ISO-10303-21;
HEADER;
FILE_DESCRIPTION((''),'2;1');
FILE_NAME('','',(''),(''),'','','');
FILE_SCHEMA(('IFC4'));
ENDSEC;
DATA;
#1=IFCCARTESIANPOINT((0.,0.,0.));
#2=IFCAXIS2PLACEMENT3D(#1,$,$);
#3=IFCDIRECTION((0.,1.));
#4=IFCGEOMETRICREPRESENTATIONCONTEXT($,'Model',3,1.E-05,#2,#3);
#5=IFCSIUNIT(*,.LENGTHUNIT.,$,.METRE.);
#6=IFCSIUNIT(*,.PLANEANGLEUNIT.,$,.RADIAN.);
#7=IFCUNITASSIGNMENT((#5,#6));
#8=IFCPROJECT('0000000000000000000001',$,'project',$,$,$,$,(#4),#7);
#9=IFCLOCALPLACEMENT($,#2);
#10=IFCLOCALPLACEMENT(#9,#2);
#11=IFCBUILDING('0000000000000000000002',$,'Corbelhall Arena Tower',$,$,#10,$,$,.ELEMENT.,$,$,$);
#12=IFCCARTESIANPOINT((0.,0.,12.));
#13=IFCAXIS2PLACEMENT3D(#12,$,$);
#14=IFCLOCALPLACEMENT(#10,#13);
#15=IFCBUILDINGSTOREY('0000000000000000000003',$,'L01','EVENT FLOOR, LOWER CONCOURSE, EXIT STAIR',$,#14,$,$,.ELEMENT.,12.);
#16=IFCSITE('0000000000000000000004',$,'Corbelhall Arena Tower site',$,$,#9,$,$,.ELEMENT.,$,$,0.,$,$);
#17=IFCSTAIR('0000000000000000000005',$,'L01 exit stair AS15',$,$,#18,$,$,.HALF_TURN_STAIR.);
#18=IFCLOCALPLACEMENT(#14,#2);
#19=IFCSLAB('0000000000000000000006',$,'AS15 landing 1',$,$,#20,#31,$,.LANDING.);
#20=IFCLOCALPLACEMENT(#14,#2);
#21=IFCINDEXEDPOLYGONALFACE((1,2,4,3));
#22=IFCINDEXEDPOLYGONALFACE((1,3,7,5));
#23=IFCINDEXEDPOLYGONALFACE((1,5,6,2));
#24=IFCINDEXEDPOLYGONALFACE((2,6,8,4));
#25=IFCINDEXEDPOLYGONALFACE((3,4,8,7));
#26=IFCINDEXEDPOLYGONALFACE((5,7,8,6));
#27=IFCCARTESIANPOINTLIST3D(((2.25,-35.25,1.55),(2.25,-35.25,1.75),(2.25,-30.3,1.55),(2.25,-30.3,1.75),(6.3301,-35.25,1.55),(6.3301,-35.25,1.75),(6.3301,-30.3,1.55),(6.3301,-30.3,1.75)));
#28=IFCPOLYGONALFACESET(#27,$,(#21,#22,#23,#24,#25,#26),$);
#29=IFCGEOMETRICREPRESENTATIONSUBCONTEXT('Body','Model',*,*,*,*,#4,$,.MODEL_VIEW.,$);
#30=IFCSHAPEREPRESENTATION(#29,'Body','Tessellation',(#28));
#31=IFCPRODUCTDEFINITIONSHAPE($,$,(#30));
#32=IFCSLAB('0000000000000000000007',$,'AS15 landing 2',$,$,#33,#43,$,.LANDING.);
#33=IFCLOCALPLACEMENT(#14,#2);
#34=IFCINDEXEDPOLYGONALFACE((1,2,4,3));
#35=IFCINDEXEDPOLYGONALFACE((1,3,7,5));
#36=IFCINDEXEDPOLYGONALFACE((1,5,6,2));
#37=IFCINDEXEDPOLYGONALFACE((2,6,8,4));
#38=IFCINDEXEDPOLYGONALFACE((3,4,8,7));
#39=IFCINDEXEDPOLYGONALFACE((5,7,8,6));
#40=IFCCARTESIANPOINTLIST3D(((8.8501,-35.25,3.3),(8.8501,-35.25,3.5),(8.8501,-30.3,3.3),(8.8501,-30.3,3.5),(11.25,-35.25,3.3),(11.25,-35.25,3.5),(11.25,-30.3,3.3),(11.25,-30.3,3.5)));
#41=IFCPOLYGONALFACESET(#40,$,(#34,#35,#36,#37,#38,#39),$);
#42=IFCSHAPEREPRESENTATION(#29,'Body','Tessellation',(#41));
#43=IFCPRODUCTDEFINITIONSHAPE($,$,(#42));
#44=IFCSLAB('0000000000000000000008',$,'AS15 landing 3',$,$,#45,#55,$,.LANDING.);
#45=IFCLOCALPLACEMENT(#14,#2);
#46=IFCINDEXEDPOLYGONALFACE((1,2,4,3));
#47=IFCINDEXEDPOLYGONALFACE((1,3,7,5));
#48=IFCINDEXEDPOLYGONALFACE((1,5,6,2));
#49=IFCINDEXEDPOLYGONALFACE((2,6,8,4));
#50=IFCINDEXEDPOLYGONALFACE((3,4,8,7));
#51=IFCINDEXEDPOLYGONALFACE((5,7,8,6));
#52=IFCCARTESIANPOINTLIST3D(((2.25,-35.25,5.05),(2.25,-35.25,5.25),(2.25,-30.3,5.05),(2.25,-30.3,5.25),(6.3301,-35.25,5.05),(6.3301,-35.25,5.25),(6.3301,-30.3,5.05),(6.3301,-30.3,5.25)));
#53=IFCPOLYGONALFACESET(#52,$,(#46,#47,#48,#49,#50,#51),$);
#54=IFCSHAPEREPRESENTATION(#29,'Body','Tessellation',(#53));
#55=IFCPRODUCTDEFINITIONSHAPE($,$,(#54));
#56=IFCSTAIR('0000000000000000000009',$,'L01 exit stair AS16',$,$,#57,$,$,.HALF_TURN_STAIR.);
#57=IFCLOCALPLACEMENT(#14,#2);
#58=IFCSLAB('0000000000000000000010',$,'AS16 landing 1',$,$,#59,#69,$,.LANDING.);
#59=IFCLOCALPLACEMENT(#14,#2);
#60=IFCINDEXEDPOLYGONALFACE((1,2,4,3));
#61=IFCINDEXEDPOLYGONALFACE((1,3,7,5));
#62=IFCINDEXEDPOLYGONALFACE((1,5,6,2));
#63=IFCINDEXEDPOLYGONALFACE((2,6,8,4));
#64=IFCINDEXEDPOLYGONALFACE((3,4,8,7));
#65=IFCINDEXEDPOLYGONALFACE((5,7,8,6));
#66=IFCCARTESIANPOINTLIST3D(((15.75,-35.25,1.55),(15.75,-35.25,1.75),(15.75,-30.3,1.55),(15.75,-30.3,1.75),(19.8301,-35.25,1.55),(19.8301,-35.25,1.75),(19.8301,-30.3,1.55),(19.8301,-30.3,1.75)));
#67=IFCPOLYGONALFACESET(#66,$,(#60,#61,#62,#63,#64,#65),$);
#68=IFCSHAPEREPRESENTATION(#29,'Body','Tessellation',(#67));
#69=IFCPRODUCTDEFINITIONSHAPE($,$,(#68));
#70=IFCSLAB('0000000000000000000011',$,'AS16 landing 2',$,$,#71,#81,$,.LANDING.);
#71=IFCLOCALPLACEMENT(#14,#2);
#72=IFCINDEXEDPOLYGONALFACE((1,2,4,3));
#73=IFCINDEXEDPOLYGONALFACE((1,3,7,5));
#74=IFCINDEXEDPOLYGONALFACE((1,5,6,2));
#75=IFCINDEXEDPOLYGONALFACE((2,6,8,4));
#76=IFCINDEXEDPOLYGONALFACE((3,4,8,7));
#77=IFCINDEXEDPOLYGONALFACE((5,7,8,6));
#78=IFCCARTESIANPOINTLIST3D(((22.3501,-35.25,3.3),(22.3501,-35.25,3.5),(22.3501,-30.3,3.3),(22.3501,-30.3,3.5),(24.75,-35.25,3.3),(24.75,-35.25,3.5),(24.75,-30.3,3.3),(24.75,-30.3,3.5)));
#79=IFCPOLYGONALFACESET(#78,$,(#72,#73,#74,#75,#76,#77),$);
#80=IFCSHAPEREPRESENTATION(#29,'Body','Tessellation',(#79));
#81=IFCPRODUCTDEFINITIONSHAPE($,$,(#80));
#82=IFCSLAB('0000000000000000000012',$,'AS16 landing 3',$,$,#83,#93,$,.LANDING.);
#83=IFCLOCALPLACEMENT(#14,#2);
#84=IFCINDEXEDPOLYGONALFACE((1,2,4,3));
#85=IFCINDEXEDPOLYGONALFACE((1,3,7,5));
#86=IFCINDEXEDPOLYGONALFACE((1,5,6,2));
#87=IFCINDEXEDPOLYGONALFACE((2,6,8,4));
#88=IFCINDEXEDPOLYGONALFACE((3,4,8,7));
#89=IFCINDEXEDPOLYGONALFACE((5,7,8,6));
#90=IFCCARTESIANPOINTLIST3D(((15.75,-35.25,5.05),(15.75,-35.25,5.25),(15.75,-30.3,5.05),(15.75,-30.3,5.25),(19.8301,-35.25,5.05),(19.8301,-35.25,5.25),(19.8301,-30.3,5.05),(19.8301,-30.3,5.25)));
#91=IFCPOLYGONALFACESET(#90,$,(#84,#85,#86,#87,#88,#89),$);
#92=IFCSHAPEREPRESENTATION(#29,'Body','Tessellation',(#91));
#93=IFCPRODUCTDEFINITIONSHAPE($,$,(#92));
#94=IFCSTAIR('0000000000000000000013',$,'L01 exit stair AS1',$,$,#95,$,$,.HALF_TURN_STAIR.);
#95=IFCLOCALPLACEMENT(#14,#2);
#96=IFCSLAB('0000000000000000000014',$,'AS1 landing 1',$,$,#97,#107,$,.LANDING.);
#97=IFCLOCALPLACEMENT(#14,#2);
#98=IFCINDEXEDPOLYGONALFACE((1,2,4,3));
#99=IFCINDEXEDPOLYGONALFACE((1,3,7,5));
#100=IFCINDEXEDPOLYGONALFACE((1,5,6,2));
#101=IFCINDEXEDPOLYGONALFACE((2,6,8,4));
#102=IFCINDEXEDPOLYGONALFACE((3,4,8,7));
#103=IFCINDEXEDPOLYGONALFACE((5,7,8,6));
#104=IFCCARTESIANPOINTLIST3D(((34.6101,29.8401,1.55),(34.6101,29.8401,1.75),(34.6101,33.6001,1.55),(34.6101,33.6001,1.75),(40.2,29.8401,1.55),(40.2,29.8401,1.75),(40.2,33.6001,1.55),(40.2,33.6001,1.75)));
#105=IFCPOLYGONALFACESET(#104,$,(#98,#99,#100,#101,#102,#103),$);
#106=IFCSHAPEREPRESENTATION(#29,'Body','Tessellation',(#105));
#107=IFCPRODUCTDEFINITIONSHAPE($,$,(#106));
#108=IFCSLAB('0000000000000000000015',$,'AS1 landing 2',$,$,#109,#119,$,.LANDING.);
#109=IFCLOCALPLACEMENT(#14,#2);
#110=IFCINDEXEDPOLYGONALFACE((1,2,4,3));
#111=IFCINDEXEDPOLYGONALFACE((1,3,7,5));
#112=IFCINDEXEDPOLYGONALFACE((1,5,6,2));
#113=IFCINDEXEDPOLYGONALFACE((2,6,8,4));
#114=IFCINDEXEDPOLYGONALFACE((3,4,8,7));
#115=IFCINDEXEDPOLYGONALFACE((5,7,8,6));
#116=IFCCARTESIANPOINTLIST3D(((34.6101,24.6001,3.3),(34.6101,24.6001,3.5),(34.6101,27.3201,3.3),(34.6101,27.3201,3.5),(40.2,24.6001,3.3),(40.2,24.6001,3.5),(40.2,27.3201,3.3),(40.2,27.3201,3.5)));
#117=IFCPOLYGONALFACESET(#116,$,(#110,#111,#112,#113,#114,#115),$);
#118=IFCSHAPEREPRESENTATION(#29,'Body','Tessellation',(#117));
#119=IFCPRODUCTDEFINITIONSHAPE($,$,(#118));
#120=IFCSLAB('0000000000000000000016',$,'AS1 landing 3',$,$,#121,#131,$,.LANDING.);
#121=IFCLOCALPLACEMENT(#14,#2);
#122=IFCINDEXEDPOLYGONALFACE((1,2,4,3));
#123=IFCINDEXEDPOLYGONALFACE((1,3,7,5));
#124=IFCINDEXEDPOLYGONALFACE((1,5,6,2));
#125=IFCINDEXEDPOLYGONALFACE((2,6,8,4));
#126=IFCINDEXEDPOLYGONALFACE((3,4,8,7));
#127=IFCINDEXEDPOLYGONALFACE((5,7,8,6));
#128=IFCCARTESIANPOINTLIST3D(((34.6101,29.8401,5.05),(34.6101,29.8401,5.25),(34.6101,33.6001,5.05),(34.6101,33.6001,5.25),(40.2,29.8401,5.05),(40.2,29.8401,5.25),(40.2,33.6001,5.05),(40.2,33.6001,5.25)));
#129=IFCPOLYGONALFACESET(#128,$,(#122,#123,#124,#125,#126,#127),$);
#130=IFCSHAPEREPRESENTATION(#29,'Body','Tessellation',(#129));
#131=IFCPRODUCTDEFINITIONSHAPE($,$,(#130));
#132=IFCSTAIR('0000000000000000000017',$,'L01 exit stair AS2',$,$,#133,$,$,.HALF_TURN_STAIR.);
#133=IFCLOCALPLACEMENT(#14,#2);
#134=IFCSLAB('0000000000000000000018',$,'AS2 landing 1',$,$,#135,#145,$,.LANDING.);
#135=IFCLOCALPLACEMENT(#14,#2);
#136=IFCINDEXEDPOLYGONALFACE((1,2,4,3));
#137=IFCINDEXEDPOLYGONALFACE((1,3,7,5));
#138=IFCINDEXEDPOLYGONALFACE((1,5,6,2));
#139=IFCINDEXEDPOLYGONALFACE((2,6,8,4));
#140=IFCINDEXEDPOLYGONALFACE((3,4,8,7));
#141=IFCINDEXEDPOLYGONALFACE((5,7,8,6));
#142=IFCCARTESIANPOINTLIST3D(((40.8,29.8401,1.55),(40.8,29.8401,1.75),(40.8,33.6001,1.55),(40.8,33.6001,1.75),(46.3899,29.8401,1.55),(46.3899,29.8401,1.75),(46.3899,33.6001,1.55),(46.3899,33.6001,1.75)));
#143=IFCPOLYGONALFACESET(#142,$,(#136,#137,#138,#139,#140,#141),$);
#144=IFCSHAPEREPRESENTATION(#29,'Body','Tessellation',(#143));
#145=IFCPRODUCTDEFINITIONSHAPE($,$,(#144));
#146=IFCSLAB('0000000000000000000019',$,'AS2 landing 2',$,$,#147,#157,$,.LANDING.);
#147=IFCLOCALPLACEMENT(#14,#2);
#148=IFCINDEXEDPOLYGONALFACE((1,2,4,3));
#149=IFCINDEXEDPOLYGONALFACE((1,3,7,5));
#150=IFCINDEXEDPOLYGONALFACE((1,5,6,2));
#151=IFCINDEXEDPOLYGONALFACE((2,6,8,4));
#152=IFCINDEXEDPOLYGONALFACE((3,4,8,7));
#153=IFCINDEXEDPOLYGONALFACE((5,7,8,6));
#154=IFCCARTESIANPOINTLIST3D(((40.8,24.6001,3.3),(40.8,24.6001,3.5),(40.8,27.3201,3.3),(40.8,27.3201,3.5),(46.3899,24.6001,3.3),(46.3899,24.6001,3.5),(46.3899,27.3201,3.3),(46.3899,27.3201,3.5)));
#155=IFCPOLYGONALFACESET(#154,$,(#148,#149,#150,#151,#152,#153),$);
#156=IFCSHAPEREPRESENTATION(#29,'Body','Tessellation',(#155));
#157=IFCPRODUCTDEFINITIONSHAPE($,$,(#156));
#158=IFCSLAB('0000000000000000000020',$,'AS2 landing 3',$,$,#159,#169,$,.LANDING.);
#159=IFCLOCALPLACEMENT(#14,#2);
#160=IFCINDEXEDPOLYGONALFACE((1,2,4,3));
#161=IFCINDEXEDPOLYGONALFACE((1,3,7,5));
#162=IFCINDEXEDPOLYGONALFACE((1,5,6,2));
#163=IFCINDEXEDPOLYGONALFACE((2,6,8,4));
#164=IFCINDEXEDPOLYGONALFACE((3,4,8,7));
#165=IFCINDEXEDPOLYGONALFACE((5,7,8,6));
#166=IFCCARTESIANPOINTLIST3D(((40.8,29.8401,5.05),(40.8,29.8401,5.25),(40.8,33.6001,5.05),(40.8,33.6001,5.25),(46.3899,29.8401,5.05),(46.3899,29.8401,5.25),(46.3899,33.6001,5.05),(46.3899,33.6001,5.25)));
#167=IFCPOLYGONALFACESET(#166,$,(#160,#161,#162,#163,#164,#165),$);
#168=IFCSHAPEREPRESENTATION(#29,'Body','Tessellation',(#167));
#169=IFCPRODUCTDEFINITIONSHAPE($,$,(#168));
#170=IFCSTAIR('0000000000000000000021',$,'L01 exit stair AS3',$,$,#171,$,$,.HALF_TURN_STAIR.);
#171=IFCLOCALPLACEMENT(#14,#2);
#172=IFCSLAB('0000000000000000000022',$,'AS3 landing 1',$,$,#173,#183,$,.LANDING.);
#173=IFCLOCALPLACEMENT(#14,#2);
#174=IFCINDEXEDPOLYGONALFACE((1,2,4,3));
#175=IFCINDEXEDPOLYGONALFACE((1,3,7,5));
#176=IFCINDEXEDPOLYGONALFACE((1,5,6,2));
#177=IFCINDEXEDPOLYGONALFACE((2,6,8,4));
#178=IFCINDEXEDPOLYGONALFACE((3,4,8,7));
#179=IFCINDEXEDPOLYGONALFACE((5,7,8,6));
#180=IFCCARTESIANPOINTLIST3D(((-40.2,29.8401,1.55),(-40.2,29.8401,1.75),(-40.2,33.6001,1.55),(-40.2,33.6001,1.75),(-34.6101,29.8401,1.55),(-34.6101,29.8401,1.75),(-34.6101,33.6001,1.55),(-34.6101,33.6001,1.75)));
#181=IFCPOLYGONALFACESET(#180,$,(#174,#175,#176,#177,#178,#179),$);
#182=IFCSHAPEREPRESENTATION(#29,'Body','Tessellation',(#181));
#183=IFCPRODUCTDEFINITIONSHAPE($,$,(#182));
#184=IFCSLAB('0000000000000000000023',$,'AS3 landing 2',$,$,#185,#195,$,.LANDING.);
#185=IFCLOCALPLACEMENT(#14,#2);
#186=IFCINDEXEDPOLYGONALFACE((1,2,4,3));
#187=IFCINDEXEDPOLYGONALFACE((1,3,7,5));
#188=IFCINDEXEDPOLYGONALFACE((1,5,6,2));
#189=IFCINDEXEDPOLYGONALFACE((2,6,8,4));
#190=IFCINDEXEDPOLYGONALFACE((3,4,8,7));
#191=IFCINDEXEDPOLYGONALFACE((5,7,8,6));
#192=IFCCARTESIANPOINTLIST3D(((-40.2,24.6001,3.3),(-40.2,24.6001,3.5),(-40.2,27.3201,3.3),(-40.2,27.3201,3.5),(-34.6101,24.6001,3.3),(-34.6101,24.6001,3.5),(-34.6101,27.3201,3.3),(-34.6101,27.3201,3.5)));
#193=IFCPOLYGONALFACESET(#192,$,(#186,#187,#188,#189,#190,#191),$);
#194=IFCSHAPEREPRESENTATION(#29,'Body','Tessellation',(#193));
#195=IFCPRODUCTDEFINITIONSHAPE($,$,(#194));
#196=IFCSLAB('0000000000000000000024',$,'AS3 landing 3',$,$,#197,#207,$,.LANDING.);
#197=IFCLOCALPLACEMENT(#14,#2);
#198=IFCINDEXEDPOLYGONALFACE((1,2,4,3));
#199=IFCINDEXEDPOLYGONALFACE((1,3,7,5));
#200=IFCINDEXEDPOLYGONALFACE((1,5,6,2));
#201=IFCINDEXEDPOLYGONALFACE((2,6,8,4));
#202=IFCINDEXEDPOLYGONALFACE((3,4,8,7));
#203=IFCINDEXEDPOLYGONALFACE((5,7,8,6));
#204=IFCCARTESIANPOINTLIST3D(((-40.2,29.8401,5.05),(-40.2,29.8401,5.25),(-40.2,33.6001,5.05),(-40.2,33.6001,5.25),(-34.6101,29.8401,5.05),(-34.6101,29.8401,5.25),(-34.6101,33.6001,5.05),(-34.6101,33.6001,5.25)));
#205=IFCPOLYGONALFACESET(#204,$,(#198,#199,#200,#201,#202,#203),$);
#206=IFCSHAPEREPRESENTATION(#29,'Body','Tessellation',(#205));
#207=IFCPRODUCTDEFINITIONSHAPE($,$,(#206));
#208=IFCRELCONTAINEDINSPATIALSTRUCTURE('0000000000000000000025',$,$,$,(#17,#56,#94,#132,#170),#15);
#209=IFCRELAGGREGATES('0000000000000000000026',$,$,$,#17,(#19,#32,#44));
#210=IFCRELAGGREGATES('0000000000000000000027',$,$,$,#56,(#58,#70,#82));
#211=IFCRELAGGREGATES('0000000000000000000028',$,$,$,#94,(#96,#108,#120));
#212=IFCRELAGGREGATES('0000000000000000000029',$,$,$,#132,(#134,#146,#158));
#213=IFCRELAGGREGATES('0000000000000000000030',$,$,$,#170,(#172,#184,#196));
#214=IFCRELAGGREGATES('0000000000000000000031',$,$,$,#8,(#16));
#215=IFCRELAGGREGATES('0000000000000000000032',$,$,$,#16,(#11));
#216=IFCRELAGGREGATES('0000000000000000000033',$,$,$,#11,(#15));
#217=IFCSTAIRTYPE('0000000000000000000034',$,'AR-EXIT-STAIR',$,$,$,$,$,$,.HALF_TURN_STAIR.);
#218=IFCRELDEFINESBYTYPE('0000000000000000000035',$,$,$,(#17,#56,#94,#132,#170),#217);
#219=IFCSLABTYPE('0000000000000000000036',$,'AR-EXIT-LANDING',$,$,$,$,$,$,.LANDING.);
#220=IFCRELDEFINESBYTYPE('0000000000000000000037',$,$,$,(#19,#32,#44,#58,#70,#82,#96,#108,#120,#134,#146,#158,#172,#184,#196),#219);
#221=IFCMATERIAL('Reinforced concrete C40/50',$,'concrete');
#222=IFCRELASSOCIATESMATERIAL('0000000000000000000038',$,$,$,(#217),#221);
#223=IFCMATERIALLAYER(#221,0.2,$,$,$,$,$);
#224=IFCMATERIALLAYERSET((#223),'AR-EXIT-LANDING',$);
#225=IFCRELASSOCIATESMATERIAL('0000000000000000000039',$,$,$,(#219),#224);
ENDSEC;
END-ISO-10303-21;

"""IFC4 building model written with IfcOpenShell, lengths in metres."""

from ifc_helpers import new_model, si_unit, direction, frame, origin, place, context, subcontext, project, spatial, polyline, outline, extrude, material, layer, layer_set, type_object, element, aggregate, save


model = new_model("IFC4")

# Units and contexts
model_context = context("Model", 3, precision=1e-05, world=origin(), true_north=direction((0.0, 1.0)))
body_context = subcontext(model_context, "Body", "Model", "MODEL_VIEW")
ifc_project = project(units=[si_unit("LENGTHUNIT", "METRE"), si_unit("PLANEANGLEUNIT", "RADIAN")], contexts=[model_context])

# Site, building, storey
site_placement = place(None, origin())
site = spatial("IfcSite", under=ifc_project, at=site_placement, Name="Corbelhall Arena Tower site", CompositionType="ELEMENT", RefElevation=0.0)
building_placement = place(site_placement, origin())
building = spatial("IfcBuilding", under=site, at=building_placement, Name="Corbelhall Arena Tower", CompositionType="ELEMENT")
storey_placement = place(building_placement, frame((0.0, 0.0, 12.0)))
storey = spatial("IfcBuildingStorey", under=building, at=storey_placement, Name="L01", Description="EVENT FLOOR, LOWER CONCOURSE, EXIT STAIR", CompositionType="ELEMENT", Elevation=12.0)

# Stairs, slabs
ifc_material = material(Name="Reinforced concrete C40/50", Category="concrete")
stair_type = type_object("IfcStairType", Name="AR-EXIT-STAIR", PredefinedType="HALF_TURN_STAIR", material=ifc_material)
stair_1_placement = place(storey_placement, origin())
stair_1 = element("IfcStair", 1, at=stair_1_placement, inside=storey, type_object=stair_type, Name="L01 exit stair AS15", PredefinedType="HALF_TURN_STAIR")
ifc_layer_1 = layer(ifc_material, 0.2)
ifc_layer_set_1 = layer_set([ifc_layer_1], Name="AR-EXIT-LANDING")
slab_type_1 = type_object("IfcSlabType", Name="AR-EXIT-LANDING", PredefinedType="LANDING", material=ifc_layer_set_1)
slab_1_placement = place(storey_placement, frame((0.0, 0.0, 1.55)))
slab_1 = element("IfcSlab", 2, at=slab_1_placement, type_object=slab_type_1, Name="AS15 landing 1", PredefinedType="LANDING", context=body_context, shape_type="SweptSolid", body=[
    extrude(outline(polyline([(6.3301, -30.3), (2.25, -30.3), (2.25, -35.25), (6.3301, -35.25), (6.3301, -30.3)])), origin(), (0.0, 0.0, 1.0), 0.2),
])
slab_2_placement = place(storey_placement, frame((0.0, 0.0, 3.3)))
slab_2 = element("IfcSlab", 3, at=slab_2_placement, type_object=slab_type_1, Name="AS15 landing 2", PredefinedType="LANDING", context=body_context, shape_type="SweptSolid", body=[
    extrude(outline(polyline([(11.25, -30.3), (8.8501, -30.3), (8.8501, -35.25), (11.25, -35.25), (11.25, -30.3)])), origin(), (0.0, 0.0, 1.0), 0.2),
])
slab_3_placement = place(storey_placement, frame((0.0, 0.0, 5.05)))
slab_3 = element("IfcSlab", 4, at=slab_3_placement, type_object=slab_type_1, Name="AS15 landing 3", PredefinedType="LANDING", context=body_context, shape_type="SweptSolid", body=[
    extrude(outline(polyline([(6.3301, -30.3), (2.25, -30.3), (2.25, -35.25), (6.3301, -35.25), (6.3301, -30.3)])), origin(), (0.0, 0.0, 1.0), 0.2),
])
aggregate(stair_1, [slab_1, slab_2, slab_3])
stair_2_placement = place(storey_placement, origin())
stair_2 = element("IfcStair", 5, at=stair_2_placement, inside=storey, type_object=stair_type, Name="L01 exit stair AS16", PredefinedType="HALF_TURN_STAIR")
slab_4_placement = place(storey_placement, frame((0.0, 0.0, 1.55)))
slab_4 = element("IfcSlab", 6, at=slab_4_placement, type_object=slab_type_1, Name="AS16 landing 1", PredefinedType="LANDING", context=body_context, shape_type="SweptSolid", body=[
    extrude(outline(polyline([(19.8301, -30.3), (15.75, -30.3), (15.75, -35.25), (19.8301, -35.25), (19.8301, -30.3)])), origin(), (0.0, 0.0, 1.0), 0.2),
])
slab_5_placement = place(storey_placement, frame((0.0, 0.0, 3.3)))
slab_5 = element("IfcSlab", 7, at=slab_5_placement, type_object=slab_type_1, Name="AS16 landing 2", PredefinedType="LANDING", context=body_context, shape_type="SweptSolid", body=[
    extrude(outline(polyline([(24.75, -30.3), (22.3501, -30.3), (22.3501, -35.25), (24.75, -35.25), (24.75, -30.3)])), origin(), (0.0, 0.0, 1.0), 0.2),
])
slab_6_placement = place(storey_placement, frame((0.0, 0.0, 5.05)))
slab_6 = element("IfcSlab", 8, at=slab_6_placement, type_object=slab_type_1, Name="AS16 landing 3", PredefinedType="LANDING", context=body_context, shape_type="SweptSolid", body=[
    extrude(outline(polyline([(19.8301, -30.3), (15.75, -30.3), (15.75, -35.25), (19.8301, -35.25), (19.8301, -30.3)])), origin(), (0.0, 0.0, 1.0), 0.2),
])
aggregate(stair_2, [slab_4, slab_5, slab_6])
stair_3_placement = place(storey_placement, origin())
stair_3 = element("IfcStair", 9, at=stair_3_placement, inside=storey, type_object=stair_type, Name="L01 exit stair AS1", PredefinedType="HALF_TURN_STAIR")
slab_7_placement = place(storey_placement, frame((0.0, 0.0, 1.55)))
slab_7 = element("IfcSlab", 10, at=slab_7_placement, type_object=slab_type_1, Name="AS1 landing 1", PredefinedType="LANDING", context=body_context, shape_type="SweptSolid", body=[
    extrude(outline(polyline([(40.2, 29.8401), (40.2, 33.6001), (34.6101, 33.6001), (34.6101, 29.8401), (40.2, 29.8401)])), origin(), (0.0, 0.0, 1.0), 0.2),
])
slab_8_placement = place(storey_placement, frame((0.0, 0.0, 3.3)))
slab_8 = element("IfcSlab", 11, at=slab_8_placement, type_object=slab_type_1, Name="AS1 landing 2", PredefinedType="LANDING", context=body_context, shape_type="SweptSolid", body=[
    extrude(outline(polyline([(40.2, 24.6001), (40.2, 27.3201), (34.6101, 27.3201), (34.6101, 24.6001), (40.2, 24.6001)])), origin(), (0.0, 0.0, 1.0), 0.2),
])
slab_9_placement = place(storey_placement, frame((0.0, 0.0, 5.05)))
slab_9 = element("IfcSlab", 12, at=slab_9_placement, type_object=slab_type_1, Name="AS1 landing 3", PredefinedType="LANDING", context=body_context, shape_type="SweptSolid", body=[
    extrude(outline(polyline([(40.2, 29.8401), (40.2, 33.6001), (34.6101, 33.6001), (34.6101, 29.8401), (40.2, 29.8401)])), origin(), (0.0, 0.0, 1.0), 0.2),
])
aggregate(stair_3, [slab_7, slab_8, slab_9])
stair_4_placement = place(storey_placement, origin())
stair_4 = element("IfcStair", 13, at=stair_4_placement, inside=storey, type_object=stair_type, Name="L01 exit stair AS2", PredefinedType="HALF_TURN_STAIR")
slab_10_placement = place(storey_placement, frame((0.0, 0.0, 1.55)))
slab_10 = element("IfcSlab", 14, at=slab_10_placement, type_object=slab_type_1, Name="AS2 landing 1", PredefinedType="LANDING", context=body_context, shape_type="SweptSolid", body=[
    extrude(outline(polyline([(46.3899, 29.8401), (46.3899, 33.6001), (40.8, 33.6001), (40.8, 29.8401), (46.3899, 29.8401)])), origin(), (0.0, 0.0, 1.0), 0.2),
])
slab_11_placement = place(storey_placement, frame((0.0, 0.0, 3.3)))
slab_11 = element("IfcSlab", 15, at=slab_11_placement, type_object=slab_type_1, Name="AS2 landing 2", PredefinedType="LANDING", context=body_context, shape_type="SweptSolid", body=[
    extrude(outline(polyline([(46.3899, 24.6001), (46.3899, 27.3201), (40.8, 27.3201), (40.8, 24.6001), (46.3899, 24.6001)])), origin(), (0.0, 0.0, 1.0), 0.2),
])
slab_12_placement = place(storey_placement, frame((0.0, 0.0, 5.05)))
slab_12 = element("IfcSlab", 16, at=slab_12_placement, type_object=slab_type_1, Name="AS2 landing 3", PredefinedType="LANDING", context=body_context, shape_type="SweptSolid", body=[
    extrude(outline(polyline([(46.3899, 29.8401), (46.3899, 33.6001), (40.8, 33.6001), (40.8, 29.8401), (46.3899, 29.8401)])), origin(), (0.0, 0.0, 1.0), 0.2),
])
aggregate(stair_4, [slab_10, slab_11, slab_12])
stair_5_placement = place(storey_placement, origin())
stair_5 = element("IfcStair", 17, at=stair_5_placement, inside=storey, type_object=stair_type, Name="L01 exit stair AS3", PredefinedType="HALF_TURN_STAIR")
slab_13_placement = place(storey_placement, frame((0.0, 0.0, 1.55)))
slab_13 = element("IfcSlab", 18, at=slab_13_placement, type_object=slab_type_1, Name="AS3 landing 1", PredefinedType="LANDING", context=body_context, shape_type="SweptSolid", body=[
    extrude(outline(polyline([(-34.6101, 29.8401), (-34.6101, 33.6001), (-40.2, 33.6001), (-40.2, 29.8401), (-34.6101, 29.8401)])), origin(), (0.0, 0.0, 1.0), 0.2),
])
slab_14_placement = place(storey_placement, frame((0.0, 0.0, 3.3)))
slab_14 = element("IfcSlab", 19, at=slab_14_placement, type_object=slab_type_1, Name="AS3 landing 2", PredefinedType="LANDING", context=body_context, shape_type="SweptSolid", body=[
    extrude(outline(polyline([(-34.6101, 24.6001), (-34.6101, 27.3201), (-40.2, 27.3201), (-40.2, 24.6001), (-34.6101, 24.6001)])), origin(), (0.0, 0.0, 1.0), 0.2),
])
slab_15_placement = place(storey_placement, frame((0.0, 0.0, 5.05)))
slab_15 = element("IfcSlab", 20, at=slab_15_placement, type_object=slab_type_1, Name="AS3 landing 3", PredefinedType="LANDING", context=body_context, shape_type="SweptSolid", body=[
    extrude(outline(polyline([(-34.6101, 29.8401), (-34.6101, 33.6001), (-40.2, 33.6001), (-40.2, 29.8401), (-34.6101, 29.8401)])), origin(), (0.0, 0.0, 1.0), 0.2),
])
aggregate(stair_5, [slab_13, slab_14, slab_15])

save(model, "model.ifc")
